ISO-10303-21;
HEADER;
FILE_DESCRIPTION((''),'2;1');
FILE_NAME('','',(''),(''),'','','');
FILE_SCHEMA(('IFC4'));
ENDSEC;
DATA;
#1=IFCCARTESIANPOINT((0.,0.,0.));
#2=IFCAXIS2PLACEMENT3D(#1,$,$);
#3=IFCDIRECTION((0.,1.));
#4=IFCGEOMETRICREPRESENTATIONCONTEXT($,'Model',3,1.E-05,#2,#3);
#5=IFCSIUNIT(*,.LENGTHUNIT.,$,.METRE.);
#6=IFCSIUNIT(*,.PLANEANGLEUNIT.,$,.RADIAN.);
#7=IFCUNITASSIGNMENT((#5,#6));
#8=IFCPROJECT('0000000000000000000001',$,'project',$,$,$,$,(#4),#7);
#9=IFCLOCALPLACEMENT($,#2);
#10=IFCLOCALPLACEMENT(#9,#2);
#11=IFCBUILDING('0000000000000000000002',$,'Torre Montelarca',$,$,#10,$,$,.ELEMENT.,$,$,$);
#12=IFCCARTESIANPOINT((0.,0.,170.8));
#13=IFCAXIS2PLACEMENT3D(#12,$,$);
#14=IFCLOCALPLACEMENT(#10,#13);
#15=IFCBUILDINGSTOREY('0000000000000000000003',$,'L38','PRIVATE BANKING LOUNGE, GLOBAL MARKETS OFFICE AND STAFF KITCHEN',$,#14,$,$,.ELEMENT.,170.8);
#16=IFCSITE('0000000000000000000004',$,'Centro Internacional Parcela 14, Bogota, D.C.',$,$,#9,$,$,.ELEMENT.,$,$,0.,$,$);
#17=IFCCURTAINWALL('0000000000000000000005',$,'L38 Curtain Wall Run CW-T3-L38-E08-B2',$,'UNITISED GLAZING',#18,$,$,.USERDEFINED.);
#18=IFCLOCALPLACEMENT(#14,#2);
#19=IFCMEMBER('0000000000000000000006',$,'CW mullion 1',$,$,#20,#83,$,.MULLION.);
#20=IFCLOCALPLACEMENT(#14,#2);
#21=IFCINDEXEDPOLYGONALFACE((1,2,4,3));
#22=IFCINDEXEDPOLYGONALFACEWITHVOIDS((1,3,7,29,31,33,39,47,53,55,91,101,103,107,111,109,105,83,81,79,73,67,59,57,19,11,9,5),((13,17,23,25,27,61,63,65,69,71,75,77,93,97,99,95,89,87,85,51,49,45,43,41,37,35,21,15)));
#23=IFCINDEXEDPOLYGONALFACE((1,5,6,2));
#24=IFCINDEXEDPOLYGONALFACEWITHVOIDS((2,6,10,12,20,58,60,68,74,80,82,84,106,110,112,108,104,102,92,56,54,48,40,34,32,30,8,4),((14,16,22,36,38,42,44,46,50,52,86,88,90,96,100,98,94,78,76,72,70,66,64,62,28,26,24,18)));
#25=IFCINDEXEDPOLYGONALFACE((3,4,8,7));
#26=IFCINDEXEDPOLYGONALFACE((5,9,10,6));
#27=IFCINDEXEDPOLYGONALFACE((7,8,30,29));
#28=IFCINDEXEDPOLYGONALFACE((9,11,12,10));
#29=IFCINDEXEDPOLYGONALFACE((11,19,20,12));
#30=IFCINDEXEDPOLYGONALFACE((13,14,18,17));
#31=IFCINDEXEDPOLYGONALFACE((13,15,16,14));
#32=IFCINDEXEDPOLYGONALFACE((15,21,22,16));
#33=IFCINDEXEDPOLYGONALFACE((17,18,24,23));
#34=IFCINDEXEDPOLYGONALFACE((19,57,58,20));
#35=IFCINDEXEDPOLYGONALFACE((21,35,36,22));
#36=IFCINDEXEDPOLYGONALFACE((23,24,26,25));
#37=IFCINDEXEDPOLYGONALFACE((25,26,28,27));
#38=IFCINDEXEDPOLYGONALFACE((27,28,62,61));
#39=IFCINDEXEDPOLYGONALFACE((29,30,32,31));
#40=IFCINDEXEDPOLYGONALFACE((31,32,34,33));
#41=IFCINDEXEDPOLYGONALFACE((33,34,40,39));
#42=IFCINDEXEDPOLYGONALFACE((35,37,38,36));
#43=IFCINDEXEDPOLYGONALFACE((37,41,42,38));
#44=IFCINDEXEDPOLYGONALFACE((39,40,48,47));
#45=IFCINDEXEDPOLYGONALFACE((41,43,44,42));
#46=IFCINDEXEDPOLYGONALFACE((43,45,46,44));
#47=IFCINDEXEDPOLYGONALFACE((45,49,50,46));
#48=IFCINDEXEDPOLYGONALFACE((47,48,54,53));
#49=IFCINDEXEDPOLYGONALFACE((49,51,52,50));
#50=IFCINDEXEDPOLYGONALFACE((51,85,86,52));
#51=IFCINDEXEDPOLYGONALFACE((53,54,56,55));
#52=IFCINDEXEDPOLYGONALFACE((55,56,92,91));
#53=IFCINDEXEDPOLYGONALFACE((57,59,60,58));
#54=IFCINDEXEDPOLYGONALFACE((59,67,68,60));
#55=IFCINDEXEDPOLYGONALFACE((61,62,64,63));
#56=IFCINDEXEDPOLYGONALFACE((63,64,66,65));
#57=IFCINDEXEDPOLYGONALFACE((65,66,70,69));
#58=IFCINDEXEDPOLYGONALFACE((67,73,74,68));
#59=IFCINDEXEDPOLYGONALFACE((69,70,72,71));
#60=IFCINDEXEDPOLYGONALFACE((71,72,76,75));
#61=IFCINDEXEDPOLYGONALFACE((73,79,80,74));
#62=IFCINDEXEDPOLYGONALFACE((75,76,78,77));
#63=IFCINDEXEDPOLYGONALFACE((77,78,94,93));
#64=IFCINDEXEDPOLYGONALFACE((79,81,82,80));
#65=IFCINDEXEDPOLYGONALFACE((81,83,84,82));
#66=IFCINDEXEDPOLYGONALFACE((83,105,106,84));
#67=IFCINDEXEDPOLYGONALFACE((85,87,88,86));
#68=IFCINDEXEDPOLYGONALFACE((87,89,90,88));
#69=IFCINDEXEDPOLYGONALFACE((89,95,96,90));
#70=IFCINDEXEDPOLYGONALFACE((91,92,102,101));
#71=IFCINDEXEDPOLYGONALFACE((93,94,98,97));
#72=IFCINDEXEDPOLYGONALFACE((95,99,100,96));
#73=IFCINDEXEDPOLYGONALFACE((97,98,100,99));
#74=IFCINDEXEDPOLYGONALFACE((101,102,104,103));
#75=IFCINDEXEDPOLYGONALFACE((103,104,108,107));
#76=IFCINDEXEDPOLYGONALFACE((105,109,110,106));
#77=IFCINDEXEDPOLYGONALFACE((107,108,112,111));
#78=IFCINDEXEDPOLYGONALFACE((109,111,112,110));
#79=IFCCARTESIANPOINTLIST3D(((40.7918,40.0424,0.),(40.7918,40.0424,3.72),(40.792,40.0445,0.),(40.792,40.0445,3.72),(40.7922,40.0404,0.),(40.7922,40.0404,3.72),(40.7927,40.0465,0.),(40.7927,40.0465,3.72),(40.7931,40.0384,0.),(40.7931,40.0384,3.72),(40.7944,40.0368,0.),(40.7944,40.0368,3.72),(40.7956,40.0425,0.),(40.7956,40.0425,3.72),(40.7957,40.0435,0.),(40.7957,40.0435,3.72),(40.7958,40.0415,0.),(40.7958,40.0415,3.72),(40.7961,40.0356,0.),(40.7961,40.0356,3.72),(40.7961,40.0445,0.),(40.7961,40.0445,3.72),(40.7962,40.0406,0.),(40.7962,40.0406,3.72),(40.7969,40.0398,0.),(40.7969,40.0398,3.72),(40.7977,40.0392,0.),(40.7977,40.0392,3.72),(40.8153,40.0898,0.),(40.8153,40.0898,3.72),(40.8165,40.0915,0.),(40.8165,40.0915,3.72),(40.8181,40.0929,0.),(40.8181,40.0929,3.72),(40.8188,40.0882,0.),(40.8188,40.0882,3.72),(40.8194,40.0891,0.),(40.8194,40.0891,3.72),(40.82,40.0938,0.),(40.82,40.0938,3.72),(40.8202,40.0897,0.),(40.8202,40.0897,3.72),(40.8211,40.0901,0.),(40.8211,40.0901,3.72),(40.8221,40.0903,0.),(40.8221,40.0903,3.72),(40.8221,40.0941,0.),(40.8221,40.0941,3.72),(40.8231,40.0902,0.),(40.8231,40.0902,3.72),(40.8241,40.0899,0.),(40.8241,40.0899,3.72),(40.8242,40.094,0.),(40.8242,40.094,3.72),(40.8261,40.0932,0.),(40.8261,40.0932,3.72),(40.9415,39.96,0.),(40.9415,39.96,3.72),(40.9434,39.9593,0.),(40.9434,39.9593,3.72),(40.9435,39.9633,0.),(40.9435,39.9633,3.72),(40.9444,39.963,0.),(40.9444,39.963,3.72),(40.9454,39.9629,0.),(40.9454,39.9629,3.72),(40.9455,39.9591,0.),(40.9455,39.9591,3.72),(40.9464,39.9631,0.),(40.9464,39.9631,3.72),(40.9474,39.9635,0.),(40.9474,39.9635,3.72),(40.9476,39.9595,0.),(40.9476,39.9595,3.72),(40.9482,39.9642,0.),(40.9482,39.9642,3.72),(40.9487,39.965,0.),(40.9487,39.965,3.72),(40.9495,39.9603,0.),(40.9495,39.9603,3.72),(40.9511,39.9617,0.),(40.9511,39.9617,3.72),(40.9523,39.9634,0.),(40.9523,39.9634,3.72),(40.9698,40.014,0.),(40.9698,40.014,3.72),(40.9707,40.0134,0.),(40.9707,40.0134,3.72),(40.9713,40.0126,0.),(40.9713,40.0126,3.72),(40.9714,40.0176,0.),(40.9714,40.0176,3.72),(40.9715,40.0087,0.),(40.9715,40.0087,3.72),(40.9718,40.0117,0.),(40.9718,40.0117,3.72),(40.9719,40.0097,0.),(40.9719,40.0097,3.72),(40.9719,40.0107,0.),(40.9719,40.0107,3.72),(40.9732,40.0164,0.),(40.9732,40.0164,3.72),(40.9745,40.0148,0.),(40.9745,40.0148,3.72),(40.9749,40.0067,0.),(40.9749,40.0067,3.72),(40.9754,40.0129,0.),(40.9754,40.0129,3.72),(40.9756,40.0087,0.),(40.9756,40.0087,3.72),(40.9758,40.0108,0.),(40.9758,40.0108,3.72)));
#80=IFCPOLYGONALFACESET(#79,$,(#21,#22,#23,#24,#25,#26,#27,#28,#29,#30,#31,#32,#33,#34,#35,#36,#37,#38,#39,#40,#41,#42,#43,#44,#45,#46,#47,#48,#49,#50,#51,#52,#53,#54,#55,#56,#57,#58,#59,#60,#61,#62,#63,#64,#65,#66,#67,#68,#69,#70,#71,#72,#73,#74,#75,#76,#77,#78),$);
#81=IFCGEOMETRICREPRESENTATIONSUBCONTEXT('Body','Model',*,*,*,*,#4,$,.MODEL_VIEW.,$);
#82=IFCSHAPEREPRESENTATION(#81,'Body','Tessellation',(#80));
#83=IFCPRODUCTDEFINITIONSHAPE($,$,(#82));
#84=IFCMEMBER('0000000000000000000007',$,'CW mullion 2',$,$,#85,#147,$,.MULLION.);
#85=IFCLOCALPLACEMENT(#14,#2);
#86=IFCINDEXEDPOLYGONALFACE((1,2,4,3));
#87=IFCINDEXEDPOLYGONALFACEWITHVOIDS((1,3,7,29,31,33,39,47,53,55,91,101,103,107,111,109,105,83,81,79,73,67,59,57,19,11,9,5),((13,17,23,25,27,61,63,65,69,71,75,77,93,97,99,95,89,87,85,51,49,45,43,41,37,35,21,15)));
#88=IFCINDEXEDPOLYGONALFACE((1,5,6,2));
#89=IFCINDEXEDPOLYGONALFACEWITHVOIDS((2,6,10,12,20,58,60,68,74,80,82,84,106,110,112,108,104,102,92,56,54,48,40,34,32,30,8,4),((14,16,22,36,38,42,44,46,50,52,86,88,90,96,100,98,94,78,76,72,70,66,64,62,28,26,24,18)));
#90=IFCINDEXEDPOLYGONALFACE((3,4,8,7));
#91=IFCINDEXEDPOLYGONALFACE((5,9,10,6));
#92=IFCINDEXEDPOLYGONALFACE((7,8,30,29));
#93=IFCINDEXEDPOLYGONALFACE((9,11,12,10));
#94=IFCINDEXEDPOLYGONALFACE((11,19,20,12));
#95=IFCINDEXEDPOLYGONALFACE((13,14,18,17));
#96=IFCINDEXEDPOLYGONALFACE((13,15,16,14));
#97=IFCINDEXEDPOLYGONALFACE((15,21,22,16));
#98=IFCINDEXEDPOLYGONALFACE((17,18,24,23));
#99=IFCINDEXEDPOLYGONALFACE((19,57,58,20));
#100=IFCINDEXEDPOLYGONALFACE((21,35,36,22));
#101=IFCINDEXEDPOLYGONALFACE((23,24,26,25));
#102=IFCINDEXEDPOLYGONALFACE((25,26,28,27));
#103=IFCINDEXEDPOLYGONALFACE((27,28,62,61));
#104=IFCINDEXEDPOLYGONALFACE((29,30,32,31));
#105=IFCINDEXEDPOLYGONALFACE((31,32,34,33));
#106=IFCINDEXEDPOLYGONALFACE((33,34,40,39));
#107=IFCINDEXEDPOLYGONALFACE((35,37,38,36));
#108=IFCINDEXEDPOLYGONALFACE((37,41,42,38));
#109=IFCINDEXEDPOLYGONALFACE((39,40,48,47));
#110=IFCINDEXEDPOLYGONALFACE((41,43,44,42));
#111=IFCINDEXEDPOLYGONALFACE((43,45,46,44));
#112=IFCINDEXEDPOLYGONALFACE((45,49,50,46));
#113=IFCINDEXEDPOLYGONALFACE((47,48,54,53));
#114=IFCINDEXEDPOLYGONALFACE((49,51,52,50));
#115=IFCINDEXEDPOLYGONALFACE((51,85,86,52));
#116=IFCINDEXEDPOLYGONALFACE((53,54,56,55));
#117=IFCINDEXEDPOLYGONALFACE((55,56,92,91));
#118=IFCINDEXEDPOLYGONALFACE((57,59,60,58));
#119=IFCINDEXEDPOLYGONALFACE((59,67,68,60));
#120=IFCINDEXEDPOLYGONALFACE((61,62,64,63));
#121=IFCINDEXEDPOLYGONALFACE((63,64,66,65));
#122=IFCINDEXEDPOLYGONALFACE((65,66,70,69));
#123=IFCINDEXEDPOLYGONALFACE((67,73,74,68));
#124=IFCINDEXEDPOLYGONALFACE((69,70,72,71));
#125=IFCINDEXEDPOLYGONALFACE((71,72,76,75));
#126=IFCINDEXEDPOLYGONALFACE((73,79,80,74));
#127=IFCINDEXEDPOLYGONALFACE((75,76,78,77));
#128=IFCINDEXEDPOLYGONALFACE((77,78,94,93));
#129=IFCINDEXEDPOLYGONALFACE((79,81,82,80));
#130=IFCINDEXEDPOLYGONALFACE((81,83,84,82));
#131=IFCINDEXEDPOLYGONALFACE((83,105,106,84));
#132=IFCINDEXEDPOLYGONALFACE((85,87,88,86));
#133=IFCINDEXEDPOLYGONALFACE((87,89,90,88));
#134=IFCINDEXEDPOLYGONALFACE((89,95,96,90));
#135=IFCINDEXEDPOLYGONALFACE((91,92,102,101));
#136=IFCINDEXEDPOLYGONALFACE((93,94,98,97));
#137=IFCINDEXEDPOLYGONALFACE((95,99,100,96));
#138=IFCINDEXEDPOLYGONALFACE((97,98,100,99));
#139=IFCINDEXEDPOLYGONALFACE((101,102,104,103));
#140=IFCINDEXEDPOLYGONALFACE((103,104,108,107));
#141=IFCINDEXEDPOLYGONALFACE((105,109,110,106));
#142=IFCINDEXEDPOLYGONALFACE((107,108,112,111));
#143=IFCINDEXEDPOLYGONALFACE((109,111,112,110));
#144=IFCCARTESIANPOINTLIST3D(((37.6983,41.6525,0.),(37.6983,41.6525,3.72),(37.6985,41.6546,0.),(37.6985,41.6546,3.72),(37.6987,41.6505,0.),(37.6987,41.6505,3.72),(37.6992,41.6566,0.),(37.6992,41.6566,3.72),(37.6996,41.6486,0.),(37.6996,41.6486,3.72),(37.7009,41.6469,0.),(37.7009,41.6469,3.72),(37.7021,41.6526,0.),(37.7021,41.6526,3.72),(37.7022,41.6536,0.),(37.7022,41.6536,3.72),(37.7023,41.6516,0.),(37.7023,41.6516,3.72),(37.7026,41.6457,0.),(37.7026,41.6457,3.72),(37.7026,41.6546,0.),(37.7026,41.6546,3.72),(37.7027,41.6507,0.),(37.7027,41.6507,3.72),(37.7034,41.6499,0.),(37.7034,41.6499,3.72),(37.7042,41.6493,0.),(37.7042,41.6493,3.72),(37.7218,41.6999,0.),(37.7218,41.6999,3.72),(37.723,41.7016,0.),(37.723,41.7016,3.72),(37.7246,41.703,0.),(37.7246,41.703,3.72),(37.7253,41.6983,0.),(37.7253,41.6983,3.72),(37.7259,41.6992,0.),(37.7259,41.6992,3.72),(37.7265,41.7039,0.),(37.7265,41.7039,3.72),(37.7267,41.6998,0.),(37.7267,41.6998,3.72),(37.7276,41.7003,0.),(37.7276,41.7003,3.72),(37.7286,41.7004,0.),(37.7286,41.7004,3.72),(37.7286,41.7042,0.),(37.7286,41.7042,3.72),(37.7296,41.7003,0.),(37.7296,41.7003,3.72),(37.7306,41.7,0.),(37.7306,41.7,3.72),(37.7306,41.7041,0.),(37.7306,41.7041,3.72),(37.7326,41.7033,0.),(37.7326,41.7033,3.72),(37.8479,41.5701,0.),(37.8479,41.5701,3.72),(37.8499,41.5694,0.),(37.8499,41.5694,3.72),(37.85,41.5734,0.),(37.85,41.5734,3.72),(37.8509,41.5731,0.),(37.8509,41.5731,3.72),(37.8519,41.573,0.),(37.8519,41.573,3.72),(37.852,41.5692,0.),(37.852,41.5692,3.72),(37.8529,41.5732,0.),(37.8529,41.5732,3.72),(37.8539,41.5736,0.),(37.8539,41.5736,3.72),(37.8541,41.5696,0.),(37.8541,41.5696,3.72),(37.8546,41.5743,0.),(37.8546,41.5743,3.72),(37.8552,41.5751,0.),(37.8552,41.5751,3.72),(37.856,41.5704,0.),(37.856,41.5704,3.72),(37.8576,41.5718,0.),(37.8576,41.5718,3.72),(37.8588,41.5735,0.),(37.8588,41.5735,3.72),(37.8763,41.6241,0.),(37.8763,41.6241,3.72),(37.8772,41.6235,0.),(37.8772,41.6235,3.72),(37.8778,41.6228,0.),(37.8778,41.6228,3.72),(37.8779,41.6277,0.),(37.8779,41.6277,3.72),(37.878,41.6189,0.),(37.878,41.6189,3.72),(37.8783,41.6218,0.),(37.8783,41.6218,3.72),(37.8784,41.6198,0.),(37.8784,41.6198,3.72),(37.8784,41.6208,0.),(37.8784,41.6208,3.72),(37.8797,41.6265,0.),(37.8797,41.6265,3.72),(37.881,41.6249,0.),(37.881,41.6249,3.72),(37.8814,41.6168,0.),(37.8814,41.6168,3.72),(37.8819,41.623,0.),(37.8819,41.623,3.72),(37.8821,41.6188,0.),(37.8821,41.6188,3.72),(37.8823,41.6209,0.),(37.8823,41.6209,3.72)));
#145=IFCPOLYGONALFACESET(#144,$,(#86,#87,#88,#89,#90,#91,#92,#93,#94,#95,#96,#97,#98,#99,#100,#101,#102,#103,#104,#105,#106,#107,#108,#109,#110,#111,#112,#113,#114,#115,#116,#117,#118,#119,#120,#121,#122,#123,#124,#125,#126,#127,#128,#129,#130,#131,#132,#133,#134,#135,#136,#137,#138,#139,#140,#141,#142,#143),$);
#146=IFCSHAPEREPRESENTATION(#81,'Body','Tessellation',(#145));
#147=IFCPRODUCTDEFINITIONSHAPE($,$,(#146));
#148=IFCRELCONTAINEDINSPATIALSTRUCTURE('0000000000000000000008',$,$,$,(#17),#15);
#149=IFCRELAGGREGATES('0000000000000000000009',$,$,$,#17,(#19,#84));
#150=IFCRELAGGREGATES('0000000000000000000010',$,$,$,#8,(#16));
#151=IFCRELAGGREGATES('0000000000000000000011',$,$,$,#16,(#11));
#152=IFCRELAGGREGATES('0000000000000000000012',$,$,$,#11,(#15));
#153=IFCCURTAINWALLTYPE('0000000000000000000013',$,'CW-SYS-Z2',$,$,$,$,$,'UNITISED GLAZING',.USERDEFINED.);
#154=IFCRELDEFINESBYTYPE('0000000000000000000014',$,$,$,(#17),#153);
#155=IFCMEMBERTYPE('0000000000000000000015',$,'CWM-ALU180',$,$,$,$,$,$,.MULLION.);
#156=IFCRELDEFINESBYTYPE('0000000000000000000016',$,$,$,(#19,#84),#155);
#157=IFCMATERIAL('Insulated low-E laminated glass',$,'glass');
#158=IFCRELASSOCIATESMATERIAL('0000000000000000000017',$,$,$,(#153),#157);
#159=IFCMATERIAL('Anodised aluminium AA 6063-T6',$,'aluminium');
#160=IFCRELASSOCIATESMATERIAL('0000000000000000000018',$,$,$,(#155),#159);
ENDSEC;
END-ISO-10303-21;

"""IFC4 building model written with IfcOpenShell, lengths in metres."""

from ifc_helpers import new_model, si_unit, direction, frame, origin, origin_2d, place, context, subcontext, project, spatial, hollow_rectangle, extrude, source, transform, mapped, material, material_profile, profile_set, type_object, element, aggregate, save


model = new_model("IFC4")

# Units and contexts
model_context = context("Model", 3, precision=1e-05, world=origin(), true_north=direction((0.0, 1.0)))
body_context = subcontext(model_context, "Body", "Model", "MODEL_VIEW")
ifc_project = project(units=[si_unit("LENGTHUNIT", "METRE"), si_unit("PLANEANGLEUNIT", "RADIAN")], contexts=[model_context])

# Site, building, storey
site_placement = place(None, origin())
site = spatial("IfcSite", under=ifc_project, at=site_placement, Name="Centro Internacional Parcela 14, Bogota, D.C.", CompositionType="ELEMENT", RefElevation=0.0)
building_placement = place(site_placement, origin())
building = spatial("IfcBuilding", under=site, at=building_placement, Name="Torre Montelarca", CompositionType="ELEMENT")
storey_placement = place(building_placement, frame((0.0, 0.0, 170.8)))
storey = spatial("IfcBuildingStorey", under=building, at=storey_placement, Name="L38", Description="PRIVATE BANKING LOUNGE, GLOBAL MARKETS OFFICE AND STAFF KITCHEN", CompositionType="ELEMENT", Elevation=170.8)

# Curtain wall, members
ifc_material_1 = material(Name="Insulated low-E laminated glass", Category="glass")
curtain_wall_type = type_object("IfcCurtainWallType", Name="CW-SYS-Z2", ElementType="UNITISED GLAZING", PredefinedType="USERDEFINED", material=ifc_material_1)
ifc_material_2 = material(Name="Anodised aluminium AA 6063-T6", Category="aluminium")
ifc_material_profile_1 = material_profile(ifc_material_2, hollow_rectangle(XDim=0.0649, YDim=0.1799, WallThickness=0.0039, InnerFilletRadius=0.0039, OuterFilletRadius=0.0081, at=origin_2d()), Name="ALU65X180X4", Category="aluminium")
ifc_profile_set_1 = profile_set([ifc_material_profile_1], Name="Anodised aluminium AA 6063-T6")
member_type_1 = type_object("IfcMemberType", Name="CWM-ALU180", PredefinedType="MULLION", material=ifc_profile_set_1)
shared_shape_1 = source(origin(), body_context, "Body", "SweptSolid", [
    extrude(hollow_rectangle(XDim=0.0649, YDim=0.1799, WallThickness=0.0039, InnerFilletRadius=0.0039, OuterFilletRadius=0.0081, at=origin_2d()), origin(), (0.0, 0.0, 1.0), 3.72),
])
curtain_wall_1_placement = place(storey_placement, origin())
curtain_wall_1 = element("IfcCurtainWall", 1, at=curtain_wall_1_placement, inside=storey, type_object=curtain_wall_type, Name="L38 Curtain Wall Run CW-T3-L38-E08-B2", ObjectType="UNITISED GLAZING", PredefinedType="USERDEFINED")
member_1_placement = place(storey_placement, frame((40.8838, 40.0266, 0.0), z_axis=(0.0, 0.0, 1.0), x_axis=(-0.461745, -0.887013, 0.0)))
member_1 = element("IfcMember", 2, at=member_1_placement, type_object=member_type_1, Name="CW mullion 1", PredefinedType="MULLION", context=body_context, shape_type="MappedRepresentation", body=[
    mapped(shared_shape_1, transform((0.0, 0.0, 0.0), scale=1.0)),
])
member_2_placement = place(storey_placement, frame((37.7903, 41.6367, 0.0), z_axis=(0.0, 0.0, 1.0), x_axis=(-0.461745, -0.887013, 0.0)))
member_2 = element("IfcMember", 3, at=member_2_placement, type_object=member_type_1, Name="CW mullion 2", PredefinedType="MULLION", context=body_context, shape_type="MappedRepresentation", body=[
    mapped(shared_shape_1, transform((0.0, 0.0, 0.0), scale=1.0)),
])

aggregate(curtain_wall_1, [member_1, member_2])

save(model, "model.ifc")
